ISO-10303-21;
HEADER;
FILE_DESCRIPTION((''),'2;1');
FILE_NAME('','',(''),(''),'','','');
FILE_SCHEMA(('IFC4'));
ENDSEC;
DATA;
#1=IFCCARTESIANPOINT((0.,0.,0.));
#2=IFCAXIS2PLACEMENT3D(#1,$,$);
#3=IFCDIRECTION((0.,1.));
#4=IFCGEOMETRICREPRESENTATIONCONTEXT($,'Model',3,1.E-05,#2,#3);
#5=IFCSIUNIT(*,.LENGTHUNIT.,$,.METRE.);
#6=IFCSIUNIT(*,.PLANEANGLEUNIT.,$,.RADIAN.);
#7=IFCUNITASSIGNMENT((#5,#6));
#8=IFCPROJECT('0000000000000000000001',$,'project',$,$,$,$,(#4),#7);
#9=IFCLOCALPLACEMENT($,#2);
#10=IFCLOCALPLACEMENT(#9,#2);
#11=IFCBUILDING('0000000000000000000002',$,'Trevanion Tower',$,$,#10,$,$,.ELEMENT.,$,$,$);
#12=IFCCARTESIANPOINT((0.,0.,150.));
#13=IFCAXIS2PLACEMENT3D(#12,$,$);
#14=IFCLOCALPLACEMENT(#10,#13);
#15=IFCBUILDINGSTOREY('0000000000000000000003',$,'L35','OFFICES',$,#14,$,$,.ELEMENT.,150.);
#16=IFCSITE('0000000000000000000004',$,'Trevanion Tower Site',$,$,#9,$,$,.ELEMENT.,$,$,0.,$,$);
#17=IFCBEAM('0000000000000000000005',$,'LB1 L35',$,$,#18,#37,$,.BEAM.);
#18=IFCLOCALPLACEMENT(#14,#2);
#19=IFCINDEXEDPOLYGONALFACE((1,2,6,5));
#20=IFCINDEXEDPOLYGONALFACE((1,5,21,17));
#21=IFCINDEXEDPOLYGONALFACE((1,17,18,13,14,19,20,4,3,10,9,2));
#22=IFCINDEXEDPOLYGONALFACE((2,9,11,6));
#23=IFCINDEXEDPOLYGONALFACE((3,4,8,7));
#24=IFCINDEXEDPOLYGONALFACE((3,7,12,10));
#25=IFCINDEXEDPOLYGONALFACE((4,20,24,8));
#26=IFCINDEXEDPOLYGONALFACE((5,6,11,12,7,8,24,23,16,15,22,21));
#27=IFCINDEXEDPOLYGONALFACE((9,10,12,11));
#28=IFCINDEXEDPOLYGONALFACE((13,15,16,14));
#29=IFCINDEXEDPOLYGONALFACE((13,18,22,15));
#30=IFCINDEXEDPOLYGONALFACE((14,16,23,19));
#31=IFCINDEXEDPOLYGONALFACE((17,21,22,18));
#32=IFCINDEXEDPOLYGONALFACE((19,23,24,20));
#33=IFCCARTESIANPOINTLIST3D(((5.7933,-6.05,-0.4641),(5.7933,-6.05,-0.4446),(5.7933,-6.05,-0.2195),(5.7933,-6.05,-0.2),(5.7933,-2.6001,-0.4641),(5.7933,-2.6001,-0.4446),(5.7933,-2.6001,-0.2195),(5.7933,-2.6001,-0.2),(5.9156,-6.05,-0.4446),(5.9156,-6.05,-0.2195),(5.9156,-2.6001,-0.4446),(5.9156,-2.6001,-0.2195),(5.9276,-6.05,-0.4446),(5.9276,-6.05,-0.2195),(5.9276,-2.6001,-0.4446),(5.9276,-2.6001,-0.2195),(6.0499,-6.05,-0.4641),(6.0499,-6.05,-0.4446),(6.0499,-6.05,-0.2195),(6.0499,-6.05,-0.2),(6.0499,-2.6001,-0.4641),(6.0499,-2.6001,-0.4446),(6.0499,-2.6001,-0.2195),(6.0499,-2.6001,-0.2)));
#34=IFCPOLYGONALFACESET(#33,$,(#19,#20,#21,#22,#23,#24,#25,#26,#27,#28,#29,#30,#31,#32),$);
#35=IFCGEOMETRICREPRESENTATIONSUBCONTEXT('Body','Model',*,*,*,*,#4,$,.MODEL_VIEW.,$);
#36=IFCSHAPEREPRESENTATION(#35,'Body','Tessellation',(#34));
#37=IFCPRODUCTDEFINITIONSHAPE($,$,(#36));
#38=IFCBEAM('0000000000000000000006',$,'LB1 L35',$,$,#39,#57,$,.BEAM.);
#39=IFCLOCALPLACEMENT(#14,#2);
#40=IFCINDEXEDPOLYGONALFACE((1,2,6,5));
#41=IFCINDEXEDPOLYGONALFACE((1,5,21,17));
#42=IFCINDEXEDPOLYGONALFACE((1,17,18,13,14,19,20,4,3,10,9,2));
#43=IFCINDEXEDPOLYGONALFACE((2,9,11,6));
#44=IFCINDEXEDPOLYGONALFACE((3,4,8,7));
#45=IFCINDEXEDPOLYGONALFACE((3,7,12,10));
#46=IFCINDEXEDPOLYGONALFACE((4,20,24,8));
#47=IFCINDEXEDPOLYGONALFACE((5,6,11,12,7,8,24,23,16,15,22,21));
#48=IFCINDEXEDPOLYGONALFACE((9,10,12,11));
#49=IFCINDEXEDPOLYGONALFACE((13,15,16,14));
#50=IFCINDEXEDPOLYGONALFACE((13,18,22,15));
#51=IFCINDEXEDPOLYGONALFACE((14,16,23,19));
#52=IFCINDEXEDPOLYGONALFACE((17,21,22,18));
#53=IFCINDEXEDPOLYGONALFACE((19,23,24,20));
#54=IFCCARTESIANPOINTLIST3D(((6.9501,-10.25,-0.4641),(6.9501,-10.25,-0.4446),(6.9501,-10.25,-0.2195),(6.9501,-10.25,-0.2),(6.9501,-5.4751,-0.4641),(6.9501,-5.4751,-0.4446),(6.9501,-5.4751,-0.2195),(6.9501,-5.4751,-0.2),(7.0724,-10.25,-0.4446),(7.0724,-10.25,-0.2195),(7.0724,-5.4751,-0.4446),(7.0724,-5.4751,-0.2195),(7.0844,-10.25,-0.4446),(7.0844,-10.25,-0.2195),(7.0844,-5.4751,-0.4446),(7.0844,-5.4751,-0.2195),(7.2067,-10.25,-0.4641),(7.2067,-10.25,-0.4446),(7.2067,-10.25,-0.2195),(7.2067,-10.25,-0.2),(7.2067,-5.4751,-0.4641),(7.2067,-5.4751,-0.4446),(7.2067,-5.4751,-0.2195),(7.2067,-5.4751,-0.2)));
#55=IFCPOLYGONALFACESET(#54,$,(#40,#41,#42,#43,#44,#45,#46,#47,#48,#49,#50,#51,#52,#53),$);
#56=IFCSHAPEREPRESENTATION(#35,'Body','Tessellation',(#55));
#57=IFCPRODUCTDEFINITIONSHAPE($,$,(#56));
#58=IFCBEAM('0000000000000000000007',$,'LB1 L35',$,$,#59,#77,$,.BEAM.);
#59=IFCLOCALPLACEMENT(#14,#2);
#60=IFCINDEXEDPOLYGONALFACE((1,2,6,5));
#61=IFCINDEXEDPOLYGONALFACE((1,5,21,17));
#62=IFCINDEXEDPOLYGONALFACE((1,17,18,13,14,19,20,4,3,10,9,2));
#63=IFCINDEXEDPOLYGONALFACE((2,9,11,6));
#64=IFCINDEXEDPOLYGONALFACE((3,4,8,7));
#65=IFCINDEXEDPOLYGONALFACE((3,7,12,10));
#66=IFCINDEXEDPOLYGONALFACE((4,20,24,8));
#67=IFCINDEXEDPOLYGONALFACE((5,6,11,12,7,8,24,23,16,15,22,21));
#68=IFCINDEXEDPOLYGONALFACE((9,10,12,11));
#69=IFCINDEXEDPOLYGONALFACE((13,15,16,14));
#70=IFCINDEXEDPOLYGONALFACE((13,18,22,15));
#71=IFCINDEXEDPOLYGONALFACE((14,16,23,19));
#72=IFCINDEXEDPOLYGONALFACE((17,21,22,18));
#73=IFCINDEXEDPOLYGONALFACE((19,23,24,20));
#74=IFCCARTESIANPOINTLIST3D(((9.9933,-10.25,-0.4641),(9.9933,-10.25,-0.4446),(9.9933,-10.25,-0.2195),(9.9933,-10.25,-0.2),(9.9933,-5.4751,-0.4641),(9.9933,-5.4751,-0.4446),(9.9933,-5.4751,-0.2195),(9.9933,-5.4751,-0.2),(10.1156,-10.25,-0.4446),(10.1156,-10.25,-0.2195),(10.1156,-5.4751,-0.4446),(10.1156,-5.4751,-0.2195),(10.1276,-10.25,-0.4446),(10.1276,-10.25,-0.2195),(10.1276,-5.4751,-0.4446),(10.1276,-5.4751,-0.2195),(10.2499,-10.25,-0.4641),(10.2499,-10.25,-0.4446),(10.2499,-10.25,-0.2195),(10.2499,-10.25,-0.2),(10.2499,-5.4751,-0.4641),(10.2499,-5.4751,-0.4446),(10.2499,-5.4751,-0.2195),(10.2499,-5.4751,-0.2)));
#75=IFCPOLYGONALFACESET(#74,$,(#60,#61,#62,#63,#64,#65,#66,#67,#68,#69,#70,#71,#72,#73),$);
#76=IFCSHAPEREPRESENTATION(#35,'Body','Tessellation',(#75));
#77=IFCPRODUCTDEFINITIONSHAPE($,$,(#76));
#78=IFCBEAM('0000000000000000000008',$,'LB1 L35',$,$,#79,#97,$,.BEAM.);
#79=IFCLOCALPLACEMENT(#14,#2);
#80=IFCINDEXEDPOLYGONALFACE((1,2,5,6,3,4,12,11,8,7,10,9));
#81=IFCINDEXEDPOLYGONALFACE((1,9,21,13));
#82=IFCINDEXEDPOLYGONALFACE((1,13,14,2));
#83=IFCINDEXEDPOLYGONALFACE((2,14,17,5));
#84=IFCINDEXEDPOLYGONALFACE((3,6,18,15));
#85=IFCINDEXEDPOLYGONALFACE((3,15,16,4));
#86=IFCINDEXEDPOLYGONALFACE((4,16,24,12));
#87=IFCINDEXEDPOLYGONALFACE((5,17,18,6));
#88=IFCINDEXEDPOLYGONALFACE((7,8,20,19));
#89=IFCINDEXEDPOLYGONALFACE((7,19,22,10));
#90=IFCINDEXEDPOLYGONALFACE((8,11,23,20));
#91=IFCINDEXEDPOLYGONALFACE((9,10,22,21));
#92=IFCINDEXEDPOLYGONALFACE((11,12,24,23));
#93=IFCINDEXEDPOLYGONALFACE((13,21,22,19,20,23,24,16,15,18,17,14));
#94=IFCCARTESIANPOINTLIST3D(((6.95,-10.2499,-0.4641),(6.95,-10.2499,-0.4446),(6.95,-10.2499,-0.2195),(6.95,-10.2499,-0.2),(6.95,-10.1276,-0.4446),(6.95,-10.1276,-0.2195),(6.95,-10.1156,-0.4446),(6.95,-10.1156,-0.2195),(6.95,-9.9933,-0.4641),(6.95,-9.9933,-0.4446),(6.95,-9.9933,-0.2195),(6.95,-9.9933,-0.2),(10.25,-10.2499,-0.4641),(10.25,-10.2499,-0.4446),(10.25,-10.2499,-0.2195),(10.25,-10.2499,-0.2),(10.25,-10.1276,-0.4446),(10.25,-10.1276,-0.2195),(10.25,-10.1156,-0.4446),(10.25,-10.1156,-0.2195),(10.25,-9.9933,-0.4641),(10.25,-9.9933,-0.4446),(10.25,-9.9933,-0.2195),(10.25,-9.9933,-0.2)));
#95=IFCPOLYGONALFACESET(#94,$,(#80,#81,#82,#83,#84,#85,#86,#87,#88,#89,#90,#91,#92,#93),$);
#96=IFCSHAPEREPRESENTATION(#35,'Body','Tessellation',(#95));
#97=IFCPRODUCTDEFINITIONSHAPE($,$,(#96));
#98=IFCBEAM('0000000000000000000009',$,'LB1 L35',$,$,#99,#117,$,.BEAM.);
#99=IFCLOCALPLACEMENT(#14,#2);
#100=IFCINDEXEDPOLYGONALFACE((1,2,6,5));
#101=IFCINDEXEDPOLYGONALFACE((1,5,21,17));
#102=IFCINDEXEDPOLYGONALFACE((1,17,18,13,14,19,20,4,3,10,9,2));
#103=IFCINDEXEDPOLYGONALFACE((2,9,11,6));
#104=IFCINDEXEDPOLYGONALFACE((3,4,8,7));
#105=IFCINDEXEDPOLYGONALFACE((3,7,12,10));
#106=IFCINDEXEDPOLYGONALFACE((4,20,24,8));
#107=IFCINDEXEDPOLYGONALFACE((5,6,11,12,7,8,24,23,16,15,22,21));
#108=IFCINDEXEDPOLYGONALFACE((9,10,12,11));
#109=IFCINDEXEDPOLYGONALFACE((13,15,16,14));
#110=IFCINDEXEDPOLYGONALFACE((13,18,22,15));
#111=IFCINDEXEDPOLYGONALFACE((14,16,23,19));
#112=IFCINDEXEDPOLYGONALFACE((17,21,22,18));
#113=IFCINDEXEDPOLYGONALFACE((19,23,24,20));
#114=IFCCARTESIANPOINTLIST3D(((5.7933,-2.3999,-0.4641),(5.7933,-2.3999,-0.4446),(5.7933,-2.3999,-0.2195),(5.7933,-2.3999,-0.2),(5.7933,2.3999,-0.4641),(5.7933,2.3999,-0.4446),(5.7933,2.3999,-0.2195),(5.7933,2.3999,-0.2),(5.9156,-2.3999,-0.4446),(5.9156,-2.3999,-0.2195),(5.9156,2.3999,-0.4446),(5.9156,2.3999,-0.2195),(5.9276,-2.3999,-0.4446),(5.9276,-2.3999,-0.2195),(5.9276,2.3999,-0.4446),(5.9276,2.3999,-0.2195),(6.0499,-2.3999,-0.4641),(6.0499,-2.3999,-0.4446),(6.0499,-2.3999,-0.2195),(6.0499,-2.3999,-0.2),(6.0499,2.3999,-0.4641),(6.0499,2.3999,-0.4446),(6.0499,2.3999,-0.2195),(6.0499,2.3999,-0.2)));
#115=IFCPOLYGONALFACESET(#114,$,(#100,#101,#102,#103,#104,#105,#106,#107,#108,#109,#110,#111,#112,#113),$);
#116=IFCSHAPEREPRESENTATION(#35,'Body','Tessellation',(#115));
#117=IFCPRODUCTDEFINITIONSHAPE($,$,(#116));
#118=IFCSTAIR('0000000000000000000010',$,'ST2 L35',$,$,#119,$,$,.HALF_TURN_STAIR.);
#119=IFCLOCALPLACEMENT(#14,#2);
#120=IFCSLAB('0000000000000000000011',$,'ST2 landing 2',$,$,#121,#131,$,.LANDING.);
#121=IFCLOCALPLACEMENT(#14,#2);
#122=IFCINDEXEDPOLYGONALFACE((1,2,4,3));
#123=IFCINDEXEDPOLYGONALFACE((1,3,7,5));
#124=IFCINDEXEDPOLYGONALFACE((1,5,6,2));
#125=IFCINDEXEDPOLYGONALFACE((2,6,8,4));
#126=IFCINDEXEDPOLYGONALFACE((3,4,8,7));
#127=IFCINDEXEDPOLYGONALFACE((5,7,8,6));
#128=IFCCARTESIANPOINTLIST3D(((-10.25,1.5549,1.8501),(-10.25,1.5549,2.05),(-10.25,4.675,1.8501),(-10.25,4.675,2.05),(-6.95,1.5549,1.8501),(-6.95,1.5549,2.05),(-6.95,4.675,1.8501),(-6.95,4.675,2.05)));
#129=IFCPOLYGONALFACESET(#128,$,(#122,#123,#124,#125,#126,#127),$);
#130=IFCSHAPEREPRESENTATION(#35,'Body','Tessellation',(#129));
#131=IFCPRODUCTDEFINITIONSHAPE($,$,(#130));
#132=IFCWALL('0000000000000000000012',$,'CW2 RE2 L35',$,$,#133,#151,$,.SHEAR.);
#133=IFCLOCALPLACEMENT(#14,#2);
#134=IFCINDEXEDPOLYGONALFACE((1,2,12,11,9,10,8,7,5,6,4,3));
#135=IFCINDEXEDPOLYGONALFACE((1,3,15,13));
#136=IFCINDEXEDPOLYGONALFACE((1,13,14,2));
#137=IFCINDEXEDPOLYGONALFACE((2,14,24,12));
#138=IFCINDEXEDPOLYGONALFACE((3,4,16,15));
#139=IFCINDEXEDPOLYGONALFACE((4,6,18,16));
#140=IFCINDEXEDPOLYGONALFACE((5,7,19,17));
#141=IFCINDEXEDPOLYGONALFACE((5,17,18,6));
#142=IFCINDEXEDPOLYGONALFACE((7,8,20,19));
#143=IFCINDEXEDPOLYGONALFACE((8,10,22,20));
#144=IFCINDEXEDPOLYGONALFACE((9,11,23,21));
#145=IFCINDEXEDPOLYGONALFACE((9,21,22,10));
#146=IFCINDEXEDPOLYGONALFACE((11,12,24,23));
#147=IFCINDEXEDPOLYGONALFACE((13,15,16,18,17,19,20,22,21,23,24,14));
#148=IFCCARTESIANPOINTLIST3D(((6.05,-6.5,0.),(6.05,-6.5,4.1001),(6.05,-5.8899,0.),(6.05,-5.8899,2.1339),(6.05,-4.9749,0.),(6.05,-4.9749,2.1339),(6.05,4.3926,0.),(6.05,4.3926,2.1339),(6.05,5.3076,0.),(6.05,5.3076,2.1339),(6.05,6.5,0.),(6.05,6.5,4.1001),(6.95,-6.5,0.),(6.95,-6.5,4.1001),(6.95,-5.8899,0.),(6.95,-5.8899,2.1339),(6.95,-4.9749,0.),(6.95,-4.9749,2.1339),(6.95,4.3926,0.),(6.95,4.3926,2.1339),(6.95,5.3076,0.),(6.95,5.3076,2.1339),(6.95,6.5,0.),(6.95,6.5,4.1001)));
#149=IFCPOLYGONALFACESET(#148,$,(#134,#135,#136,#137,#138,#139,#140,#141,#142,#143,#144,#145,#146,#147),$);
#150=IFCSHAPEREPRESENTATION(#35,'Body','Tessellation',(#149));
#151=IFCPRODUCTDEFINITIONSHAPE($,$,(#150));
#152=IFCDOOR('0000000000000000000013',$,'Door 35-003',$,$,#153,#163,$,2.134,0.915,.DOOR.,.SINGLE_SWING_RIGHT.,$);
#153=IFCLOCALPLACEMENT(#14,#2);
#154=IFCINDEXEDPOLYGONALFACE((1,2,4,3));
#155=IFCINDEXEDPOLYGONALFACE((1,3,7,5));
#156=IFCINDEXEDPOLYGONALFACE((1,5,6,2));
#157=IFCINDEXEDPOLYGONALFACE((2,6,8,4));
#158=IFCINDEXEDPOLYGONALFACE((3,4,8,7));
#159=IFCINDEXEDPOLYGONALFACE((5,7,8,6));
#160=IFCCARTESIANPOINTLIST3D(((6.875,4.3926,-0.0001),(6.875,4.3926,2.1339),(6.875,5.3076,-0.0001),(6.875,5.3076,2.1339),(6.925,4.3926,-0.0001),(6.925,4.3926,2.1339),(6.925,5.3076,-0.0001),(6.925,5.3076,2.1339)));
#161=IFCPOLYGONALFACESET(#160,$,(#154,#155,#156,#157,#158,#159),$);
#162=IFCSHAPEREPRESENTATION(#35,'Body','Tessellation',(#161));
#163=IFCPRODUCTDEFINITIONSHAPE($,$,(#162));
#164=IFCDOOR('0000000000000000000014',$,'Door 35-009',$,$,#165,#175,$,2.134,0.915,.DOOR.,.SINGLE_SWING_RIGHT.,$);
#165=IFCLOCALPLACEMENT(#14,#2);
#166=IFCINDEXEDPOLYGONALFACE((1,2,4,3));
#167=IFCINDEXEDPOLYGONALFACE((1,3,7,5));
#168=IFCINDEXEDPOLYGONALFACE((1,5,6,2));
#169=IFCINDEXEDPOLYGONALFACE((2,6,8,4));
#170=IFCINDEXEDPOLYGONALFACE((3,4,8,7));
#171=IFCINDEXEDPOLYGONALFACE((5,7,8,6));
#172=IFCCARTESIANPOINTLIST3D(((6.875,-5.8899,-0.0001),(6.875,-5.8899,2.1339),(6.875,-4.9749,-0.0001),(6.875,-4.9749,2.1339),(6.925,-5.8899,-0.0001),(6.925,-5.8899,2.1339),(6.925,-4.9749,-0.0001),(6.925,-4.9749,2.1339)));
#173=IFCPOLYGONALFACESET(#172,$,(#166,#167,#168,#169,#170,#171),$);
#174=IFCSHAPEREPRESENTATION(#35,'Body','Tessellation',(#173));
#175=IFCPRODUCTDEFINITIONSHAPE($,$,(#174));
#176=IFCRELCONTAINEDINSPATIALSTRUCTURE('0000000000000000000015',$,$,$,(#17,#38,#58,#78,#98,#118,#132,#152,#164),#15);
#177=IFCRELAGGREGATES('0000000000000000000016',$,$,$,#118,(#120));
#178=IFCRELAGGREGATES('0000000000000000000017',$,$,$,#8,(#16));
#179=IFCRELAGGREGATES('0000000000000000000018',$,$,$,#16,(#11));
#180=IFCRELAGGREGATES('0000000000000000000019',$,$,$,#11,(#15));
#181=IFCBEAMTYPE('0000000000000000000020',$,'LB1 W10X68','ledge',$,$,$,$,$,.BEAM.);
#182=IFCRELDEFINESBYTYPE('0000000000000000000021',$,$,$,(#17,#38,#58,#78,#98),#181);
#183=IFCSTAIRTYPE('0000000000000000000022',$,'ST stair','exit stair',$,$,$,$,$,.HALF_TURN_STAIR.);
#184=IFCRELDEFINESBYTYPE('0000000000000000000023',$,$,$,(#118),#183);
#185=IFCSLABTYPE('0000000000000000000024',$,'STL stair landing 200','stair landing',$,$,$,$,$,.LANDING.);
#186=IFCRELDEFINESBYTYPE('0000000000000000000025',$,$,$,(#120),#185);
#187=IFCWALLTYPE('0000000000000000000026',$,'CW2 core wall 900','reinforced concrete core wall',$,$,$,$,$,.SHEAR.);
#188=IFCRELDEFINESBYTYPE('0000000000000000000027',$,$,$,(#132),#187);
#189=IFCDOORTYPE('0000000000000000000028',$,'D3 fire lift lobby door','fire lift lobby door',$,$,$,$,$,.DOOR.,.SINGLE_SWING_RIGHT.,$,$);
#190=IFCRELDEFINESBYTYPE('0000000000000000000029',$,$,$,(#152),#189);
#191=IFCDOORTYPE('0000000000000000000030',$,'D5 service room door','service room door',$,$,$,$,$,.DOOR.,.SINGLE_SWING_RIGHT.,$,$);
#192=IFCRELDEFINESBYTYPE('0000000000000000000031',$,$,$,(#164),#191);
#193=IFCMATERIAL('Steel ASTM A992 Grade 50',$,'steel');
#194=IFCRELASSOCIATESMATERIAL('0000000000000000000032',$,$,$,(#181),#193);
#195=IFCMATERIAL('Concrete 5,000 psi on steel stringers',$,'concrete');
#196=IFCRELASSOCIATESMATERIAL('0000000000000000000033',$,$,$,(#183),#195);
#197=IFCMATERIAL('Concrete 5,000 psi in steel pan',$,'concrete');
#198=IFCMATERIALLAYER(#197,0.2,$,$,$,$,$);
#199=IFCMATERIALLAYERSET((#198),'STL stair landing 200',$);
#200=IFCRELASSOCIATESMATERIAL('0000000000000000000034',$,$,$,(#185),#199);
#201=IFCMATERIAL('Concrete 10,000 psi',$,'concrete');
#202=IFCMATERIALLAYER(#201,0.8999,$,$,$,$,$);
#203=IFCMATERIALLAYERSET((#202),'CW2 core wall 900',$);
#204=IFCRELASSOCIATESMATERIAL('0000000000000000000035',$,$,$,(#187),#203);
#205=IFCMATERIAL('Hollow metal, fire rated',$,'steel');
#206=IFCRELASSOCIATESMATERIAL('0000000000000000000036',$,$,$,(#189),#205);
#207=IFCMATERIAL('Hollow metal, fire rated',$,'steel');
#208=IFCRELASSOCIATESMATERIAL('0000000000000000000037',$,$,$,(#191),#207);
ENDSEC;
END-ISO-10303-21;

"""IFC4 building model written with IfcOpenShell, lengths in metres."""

from ifc_helpers import new_model, si_unit, direction, frame, frame_2d, origin, origin_2d, place, context, subcontext, project, spatial, polyline, rectangle, i_section, outline, extrude, material, layer, layer_set, material_profile, profile_set, type_object, element, fill, aggregate, save


model = new_model("IFC4")

# Units and contexts
model_context = context("Model", 3, precision=1e-05, world=origin(), true_north=direction((0.0, 1.0)))
body_context = subcontext(model_context, "Body", "Model", "MODEL_VIEW")
ifc_project = project(units=[si_unit("LENGTHUNIT", "METRE"), si_unit("PLANEANGLEUNIT", "RADIAN")], contexts=[model_context])

# Site, building, storey
site_placement = place(None, origin())
site = spatial("IfcSite", under=ifc_project, at=site_placement, Name="Trevanion Tower Site", CompositionType="ELEMENT", RefElevation=0.0)
building_placement = place(site_placement, origin())
building = spatial("IfcBuilding", under=site, at=building_placement, Name="Trevanion Tower", CompositionType="ELEMENT")
storey_placement = place(building_placement, frame((0.0, 0.0, 150.0)))
storey = spatial("IfcBuildingStorey", under=building, at=storey_placement, Name="L35", Description="OFFICES", CompositionType="ELEMENT", Elevation=150.0)

# Beams
ifc_material_1 = material(Name="Steel ASTM A992 Grade 50", Category="steel")
ifc_material_profile = material_profile(ifc_material_1, i_section(OverallWidth=0.2566, OverallDepth=0.2642, WebThickness=0.012, FlangeThickness=0.0195, at=origin_2d()), Name="W10X68")
ifc_profile_set = profile_set([ifc_material_profile], Name="Steel ASTM A992 Grade 50")
beam_type = type_object("IfcBeamType", Name="LB1 W10X68", Description="ledge", PredefinedType="BEAM", material=ifc_profile_set)
beam_1_placement = place(storey_placement, frame((5.9216, -6.05, -0.332), z_axis=(0.0, 1.0, 0.0), x_axis=(-1.0, 0.0, 0.0)))
element("IfcBeam", 1, at=beam_1_placement, inside=storey, type_object=beam_type, Name="LB1 L35", PredefinedType="BEAM", context=body_context, shape_type="SweptSolid", body=[
    extrude(i_section(OverallWidth=0.2566, OverallDepth=0.2642, WebThickness=0.012, FlangeThickness=0.0195, at=origin_2d()), origin(), (0.0, 0.0, 1.0), 3.45),
])
for number, where, z_axis, x_axis, name in (
    (2, (7.0784, -10.25, -0.332), (0.0, 1.0, 0.0), (-1.0, 0.0, 0.0), "LB1 L35"),
    (3, (10.1216, -10.25, -0.332), (0.0, 1.0, 0.0), (-1.0, 0.0, 0.0), "LB1 L35"),
):
    element("IfcBeam", number, at=place(storey_placement, frame(where, z_axis=z_axis, x_axis=x_axis)), inside=storey, type_object=beam_type, Name=name, PredefinedType="BEAM", context=body_context, shape_type="SweptSolid", body=[
        extrude(i_section(OverallWidth=0.2566, OverallDepth=0.2642, WebThickness=0.012, FlangeThickness=0.0195, at=origin_2d()), origin(), (0.0, 0.0, 1.0), 4.7749),
    ])
beam_2_placement = place(storey_placement, frame((6.95, -10.1216, -0.332), z_axis=(1.0, 0.0, 0.0), x_axis=(0.0, 1.0, 0.0)))
element("IfcBeam", 4, at=beam_2_placement, inside=storey, type_object=beam_type, Name="LB1 L35", PredefinedType="BEAM", context=body_context, shape_type="SweptSolid", body=[
    extrude(i_section(OverallWidth=0.2566, OverallDepth=0.2642, WebThickness=0.012, FlangeThickness=0.0195, at=origin_2d()), origin(), (0.0, 0.0, 1.0), 3.3),
])
beam_3_placement = place(storey_placement, frame((5.9216, -2.3999, -0.332), z_axis=(0.0, 1.0, 0.0), x_axis=(-1.0, 0.0, 0.0)))
element("IfcBeam", 5, at=beam_3_placement, inside=storey, type_object=beam_type, Name="LB1 L35", PredefinedType="BEAM", context=body_context, shape_type="SweptSolid", body=[
    extrude(i_section(OverallWidth=0.2566, OverallDepth=0.2642, WebThickness=0.012, FlangeThickness=0.0195, at=origin_2d()), origin(), (0.0, 0.0, 1.0), 4.7998),
])

# Stair, slab
ifc_material_2 = material(Name="Concrete 5,000 psi on steel stringers", Category="concrete")
stair_type = type_object("IfcStairType", Name="ST stair", Description="exit stair", PredefinedType="HALF_TURN_STAIR", material=ifc_material_2)
stair_1_placement = place(storey_placement, origin())
stair_1 = element("IfcStair", 6, at=stair_1_placement, inside=storey, type_object=stair_type, Name="ST2 L35", PredefinedType="HALF_TURN_STAIR")
ifc_material_3 = material(Name="Concrete 5,000 psi in steel pan", Category="concrete")
ifc_layer_1 = layer(ifc_material_3, 0.2)
ifc_layer_set_1 = layer_set([ifc_layer_1], Name="STL stair landing 200")
slab_type = type_object("IfcSlabType", Name="STL stair landing 200", Description="stair landing", PredefinedType="LANDING", material=ifc_layer_set_1)
slab_placement = place(storey_placement, frame((0.0, 0.0, 1.8501)))
slab = element("IfcSlab", 7, at=slab_placement, type_object=slab_type, Name="ST2 landing 2", PredefinedType="LANDING", context=body_context, shape_type="SweptSolid", body=[
    extrude(outline(polyline([(-6.95, 4.675), (-10.25, 4.675), (-10.25, 1.5549), (-6.95, 1.5549), (-6.95, 4.675)])), origin(), (0.0, 0.0, 1.0), 0.2),
])
aggregate(stair_1, [slab])

# Wall, openings, doors
ifc_material_4 = material(Name="Concrete 10,000 psi", Category="concrete")
ifc_layer_2 = layer(ifc_material_4, 0.8999)
ifc_layer_set_2 = layer_set([ifc_layer_2], Name="CW2 core wall 900")
wall_type_1 = type_object("IfcWallType", Name="CW2 core wall 900", Description="reinforced concrete core wall", PredefinedType="SHEAR", material=ifc_layer_set_2)
wall_1_placement = place(storey_placement, frame((6.5, -6.5, 0.0), z_axis=(0.0, 0.0, 1.0), x_axis=(0.0, 1.0, 0.0)))
wall_1 = element("IfcWall", 8, at=wall_1_placement, inside=storey, type_object=wall_type_1, Name="CW2 RE2 L35", PredefinedType="SHEAR", context=body_context, shape_type="SweptSolid", body=[
    extrude(rectangle(XDim=13.0, YDim=0.8999, at=frame_2d((6.5, 0.0))), origin(), (0.0, 0.0, 1.0), 4.1001),
])
opening_1_placement = place(wall_1_placement, frame((10.8926, 0.0, 0.0)))
opening_1 = element("IfcOpeningElement", 9, at=opening_1_placement, cuts=wall_1, PredefinedType="OPENING", context=body_context, shape_type="SweptSolid", body=[
    extrude(rectangle(XDim=0.915, YDim=2.134, at=frame_2d((0.4575, 1.0669))), frame((0.0, 0.46, 0.0), z_axis=(0.0, -1.0, 0.0), x_axis=(1.0, 0.0, 0.0)), (0.0, 0.0, 1.0), 0.9199),
])
opening_2_placement = place(wall_1_placement, frame((0.6101, 0.0, 0.0)))
opening_2 = element("IfcOpeningElement", 10, at=opening_2_placement, cuts=wall_1, PredefinedType="OPENING", context=body_context, shape_type="SweptSolid", body=[
    extrude(rectangle(XDim=0.915, YDim=2.134, at=frame_2d((0.4575, 1.0669))), frame((0.0, 0.46, 0.0), z_axis=(0.0, -1.0, 0.0), x_axis=(1.0, 0.0, 0.0)), (0.0, 0.0, 1.0), 0.9199),
])
ifc_material_5 = material(Name="Hollow metal, fire rated", Category="steel")
door_type_1 = type_object("IfcDoorType", Name="D3 fire lift lobby door", Description="fire lift lobby door", OperationType="SINGLE_SWING_RIGHT", PredefinedType="DOOR", material=ifc_material_5)
door_1_placement = place(opening_1_placement, origin())
door_1 = element("IfcDoor", 11, at=door_1_placement, inside=storey, type_object=door_type_1, Name="Door 35-003", OperationType="SINGLE_SWING_RIGHT", OverallHeight=2.134, OverallWidth=0.915, PredefinedType="DOOR", context=body_context, shape_type="SweptSolid", body=[
    extrude(rectangle(XDim=0.915, YDim=2.134, at=frame_2d((0.4575, 1.0669))), frame((0.0, -0.375, 0.0), z_axis=(0.0, -1.0, 0.0), x_axis=(1.0, 0.0, 0.0)), (0.0, 0.0, 1.0), 0.05),
])
fill(opening_1, door_1)
ifc_material_6 = material(Name="Hollow metal, fire rated", Category="steel")
door_type_2 = type_object("IfcDoorType", Name="D5 service room door", Description="service room door", OperationType="SINGLE_SWING_RIGHT", PredefinedType="DOOR", material=ifc_material_6)
door_2_placement = place(opening_2_placement, origin())
door_2 = element("IfcDoor", 12, at=door_2_placement, inside=storey, type_object=door_type_2, Name="Door 35-009", OperationType="SINGLE_SWING_RIGHT", OverallHeight=2.134, OverallWidth=0.915, PredefinedType="DOOR", context=body_context, shape_type="SweptSolid", body=[
    extrude(rectangle(XDim=0.915, YDim=2.134, at=frame_2d((0.4575, 1.0669))), frame((0.0, -0.375, 0.0), z_axis=(0.0, -1.0, 0.0), x_axis=(1.0, 0.0, 0.0)), (0.0, 0.0, 1.0), 0.05),
])
fill(opening_2, door_2)

save(model, "model.ifc")
